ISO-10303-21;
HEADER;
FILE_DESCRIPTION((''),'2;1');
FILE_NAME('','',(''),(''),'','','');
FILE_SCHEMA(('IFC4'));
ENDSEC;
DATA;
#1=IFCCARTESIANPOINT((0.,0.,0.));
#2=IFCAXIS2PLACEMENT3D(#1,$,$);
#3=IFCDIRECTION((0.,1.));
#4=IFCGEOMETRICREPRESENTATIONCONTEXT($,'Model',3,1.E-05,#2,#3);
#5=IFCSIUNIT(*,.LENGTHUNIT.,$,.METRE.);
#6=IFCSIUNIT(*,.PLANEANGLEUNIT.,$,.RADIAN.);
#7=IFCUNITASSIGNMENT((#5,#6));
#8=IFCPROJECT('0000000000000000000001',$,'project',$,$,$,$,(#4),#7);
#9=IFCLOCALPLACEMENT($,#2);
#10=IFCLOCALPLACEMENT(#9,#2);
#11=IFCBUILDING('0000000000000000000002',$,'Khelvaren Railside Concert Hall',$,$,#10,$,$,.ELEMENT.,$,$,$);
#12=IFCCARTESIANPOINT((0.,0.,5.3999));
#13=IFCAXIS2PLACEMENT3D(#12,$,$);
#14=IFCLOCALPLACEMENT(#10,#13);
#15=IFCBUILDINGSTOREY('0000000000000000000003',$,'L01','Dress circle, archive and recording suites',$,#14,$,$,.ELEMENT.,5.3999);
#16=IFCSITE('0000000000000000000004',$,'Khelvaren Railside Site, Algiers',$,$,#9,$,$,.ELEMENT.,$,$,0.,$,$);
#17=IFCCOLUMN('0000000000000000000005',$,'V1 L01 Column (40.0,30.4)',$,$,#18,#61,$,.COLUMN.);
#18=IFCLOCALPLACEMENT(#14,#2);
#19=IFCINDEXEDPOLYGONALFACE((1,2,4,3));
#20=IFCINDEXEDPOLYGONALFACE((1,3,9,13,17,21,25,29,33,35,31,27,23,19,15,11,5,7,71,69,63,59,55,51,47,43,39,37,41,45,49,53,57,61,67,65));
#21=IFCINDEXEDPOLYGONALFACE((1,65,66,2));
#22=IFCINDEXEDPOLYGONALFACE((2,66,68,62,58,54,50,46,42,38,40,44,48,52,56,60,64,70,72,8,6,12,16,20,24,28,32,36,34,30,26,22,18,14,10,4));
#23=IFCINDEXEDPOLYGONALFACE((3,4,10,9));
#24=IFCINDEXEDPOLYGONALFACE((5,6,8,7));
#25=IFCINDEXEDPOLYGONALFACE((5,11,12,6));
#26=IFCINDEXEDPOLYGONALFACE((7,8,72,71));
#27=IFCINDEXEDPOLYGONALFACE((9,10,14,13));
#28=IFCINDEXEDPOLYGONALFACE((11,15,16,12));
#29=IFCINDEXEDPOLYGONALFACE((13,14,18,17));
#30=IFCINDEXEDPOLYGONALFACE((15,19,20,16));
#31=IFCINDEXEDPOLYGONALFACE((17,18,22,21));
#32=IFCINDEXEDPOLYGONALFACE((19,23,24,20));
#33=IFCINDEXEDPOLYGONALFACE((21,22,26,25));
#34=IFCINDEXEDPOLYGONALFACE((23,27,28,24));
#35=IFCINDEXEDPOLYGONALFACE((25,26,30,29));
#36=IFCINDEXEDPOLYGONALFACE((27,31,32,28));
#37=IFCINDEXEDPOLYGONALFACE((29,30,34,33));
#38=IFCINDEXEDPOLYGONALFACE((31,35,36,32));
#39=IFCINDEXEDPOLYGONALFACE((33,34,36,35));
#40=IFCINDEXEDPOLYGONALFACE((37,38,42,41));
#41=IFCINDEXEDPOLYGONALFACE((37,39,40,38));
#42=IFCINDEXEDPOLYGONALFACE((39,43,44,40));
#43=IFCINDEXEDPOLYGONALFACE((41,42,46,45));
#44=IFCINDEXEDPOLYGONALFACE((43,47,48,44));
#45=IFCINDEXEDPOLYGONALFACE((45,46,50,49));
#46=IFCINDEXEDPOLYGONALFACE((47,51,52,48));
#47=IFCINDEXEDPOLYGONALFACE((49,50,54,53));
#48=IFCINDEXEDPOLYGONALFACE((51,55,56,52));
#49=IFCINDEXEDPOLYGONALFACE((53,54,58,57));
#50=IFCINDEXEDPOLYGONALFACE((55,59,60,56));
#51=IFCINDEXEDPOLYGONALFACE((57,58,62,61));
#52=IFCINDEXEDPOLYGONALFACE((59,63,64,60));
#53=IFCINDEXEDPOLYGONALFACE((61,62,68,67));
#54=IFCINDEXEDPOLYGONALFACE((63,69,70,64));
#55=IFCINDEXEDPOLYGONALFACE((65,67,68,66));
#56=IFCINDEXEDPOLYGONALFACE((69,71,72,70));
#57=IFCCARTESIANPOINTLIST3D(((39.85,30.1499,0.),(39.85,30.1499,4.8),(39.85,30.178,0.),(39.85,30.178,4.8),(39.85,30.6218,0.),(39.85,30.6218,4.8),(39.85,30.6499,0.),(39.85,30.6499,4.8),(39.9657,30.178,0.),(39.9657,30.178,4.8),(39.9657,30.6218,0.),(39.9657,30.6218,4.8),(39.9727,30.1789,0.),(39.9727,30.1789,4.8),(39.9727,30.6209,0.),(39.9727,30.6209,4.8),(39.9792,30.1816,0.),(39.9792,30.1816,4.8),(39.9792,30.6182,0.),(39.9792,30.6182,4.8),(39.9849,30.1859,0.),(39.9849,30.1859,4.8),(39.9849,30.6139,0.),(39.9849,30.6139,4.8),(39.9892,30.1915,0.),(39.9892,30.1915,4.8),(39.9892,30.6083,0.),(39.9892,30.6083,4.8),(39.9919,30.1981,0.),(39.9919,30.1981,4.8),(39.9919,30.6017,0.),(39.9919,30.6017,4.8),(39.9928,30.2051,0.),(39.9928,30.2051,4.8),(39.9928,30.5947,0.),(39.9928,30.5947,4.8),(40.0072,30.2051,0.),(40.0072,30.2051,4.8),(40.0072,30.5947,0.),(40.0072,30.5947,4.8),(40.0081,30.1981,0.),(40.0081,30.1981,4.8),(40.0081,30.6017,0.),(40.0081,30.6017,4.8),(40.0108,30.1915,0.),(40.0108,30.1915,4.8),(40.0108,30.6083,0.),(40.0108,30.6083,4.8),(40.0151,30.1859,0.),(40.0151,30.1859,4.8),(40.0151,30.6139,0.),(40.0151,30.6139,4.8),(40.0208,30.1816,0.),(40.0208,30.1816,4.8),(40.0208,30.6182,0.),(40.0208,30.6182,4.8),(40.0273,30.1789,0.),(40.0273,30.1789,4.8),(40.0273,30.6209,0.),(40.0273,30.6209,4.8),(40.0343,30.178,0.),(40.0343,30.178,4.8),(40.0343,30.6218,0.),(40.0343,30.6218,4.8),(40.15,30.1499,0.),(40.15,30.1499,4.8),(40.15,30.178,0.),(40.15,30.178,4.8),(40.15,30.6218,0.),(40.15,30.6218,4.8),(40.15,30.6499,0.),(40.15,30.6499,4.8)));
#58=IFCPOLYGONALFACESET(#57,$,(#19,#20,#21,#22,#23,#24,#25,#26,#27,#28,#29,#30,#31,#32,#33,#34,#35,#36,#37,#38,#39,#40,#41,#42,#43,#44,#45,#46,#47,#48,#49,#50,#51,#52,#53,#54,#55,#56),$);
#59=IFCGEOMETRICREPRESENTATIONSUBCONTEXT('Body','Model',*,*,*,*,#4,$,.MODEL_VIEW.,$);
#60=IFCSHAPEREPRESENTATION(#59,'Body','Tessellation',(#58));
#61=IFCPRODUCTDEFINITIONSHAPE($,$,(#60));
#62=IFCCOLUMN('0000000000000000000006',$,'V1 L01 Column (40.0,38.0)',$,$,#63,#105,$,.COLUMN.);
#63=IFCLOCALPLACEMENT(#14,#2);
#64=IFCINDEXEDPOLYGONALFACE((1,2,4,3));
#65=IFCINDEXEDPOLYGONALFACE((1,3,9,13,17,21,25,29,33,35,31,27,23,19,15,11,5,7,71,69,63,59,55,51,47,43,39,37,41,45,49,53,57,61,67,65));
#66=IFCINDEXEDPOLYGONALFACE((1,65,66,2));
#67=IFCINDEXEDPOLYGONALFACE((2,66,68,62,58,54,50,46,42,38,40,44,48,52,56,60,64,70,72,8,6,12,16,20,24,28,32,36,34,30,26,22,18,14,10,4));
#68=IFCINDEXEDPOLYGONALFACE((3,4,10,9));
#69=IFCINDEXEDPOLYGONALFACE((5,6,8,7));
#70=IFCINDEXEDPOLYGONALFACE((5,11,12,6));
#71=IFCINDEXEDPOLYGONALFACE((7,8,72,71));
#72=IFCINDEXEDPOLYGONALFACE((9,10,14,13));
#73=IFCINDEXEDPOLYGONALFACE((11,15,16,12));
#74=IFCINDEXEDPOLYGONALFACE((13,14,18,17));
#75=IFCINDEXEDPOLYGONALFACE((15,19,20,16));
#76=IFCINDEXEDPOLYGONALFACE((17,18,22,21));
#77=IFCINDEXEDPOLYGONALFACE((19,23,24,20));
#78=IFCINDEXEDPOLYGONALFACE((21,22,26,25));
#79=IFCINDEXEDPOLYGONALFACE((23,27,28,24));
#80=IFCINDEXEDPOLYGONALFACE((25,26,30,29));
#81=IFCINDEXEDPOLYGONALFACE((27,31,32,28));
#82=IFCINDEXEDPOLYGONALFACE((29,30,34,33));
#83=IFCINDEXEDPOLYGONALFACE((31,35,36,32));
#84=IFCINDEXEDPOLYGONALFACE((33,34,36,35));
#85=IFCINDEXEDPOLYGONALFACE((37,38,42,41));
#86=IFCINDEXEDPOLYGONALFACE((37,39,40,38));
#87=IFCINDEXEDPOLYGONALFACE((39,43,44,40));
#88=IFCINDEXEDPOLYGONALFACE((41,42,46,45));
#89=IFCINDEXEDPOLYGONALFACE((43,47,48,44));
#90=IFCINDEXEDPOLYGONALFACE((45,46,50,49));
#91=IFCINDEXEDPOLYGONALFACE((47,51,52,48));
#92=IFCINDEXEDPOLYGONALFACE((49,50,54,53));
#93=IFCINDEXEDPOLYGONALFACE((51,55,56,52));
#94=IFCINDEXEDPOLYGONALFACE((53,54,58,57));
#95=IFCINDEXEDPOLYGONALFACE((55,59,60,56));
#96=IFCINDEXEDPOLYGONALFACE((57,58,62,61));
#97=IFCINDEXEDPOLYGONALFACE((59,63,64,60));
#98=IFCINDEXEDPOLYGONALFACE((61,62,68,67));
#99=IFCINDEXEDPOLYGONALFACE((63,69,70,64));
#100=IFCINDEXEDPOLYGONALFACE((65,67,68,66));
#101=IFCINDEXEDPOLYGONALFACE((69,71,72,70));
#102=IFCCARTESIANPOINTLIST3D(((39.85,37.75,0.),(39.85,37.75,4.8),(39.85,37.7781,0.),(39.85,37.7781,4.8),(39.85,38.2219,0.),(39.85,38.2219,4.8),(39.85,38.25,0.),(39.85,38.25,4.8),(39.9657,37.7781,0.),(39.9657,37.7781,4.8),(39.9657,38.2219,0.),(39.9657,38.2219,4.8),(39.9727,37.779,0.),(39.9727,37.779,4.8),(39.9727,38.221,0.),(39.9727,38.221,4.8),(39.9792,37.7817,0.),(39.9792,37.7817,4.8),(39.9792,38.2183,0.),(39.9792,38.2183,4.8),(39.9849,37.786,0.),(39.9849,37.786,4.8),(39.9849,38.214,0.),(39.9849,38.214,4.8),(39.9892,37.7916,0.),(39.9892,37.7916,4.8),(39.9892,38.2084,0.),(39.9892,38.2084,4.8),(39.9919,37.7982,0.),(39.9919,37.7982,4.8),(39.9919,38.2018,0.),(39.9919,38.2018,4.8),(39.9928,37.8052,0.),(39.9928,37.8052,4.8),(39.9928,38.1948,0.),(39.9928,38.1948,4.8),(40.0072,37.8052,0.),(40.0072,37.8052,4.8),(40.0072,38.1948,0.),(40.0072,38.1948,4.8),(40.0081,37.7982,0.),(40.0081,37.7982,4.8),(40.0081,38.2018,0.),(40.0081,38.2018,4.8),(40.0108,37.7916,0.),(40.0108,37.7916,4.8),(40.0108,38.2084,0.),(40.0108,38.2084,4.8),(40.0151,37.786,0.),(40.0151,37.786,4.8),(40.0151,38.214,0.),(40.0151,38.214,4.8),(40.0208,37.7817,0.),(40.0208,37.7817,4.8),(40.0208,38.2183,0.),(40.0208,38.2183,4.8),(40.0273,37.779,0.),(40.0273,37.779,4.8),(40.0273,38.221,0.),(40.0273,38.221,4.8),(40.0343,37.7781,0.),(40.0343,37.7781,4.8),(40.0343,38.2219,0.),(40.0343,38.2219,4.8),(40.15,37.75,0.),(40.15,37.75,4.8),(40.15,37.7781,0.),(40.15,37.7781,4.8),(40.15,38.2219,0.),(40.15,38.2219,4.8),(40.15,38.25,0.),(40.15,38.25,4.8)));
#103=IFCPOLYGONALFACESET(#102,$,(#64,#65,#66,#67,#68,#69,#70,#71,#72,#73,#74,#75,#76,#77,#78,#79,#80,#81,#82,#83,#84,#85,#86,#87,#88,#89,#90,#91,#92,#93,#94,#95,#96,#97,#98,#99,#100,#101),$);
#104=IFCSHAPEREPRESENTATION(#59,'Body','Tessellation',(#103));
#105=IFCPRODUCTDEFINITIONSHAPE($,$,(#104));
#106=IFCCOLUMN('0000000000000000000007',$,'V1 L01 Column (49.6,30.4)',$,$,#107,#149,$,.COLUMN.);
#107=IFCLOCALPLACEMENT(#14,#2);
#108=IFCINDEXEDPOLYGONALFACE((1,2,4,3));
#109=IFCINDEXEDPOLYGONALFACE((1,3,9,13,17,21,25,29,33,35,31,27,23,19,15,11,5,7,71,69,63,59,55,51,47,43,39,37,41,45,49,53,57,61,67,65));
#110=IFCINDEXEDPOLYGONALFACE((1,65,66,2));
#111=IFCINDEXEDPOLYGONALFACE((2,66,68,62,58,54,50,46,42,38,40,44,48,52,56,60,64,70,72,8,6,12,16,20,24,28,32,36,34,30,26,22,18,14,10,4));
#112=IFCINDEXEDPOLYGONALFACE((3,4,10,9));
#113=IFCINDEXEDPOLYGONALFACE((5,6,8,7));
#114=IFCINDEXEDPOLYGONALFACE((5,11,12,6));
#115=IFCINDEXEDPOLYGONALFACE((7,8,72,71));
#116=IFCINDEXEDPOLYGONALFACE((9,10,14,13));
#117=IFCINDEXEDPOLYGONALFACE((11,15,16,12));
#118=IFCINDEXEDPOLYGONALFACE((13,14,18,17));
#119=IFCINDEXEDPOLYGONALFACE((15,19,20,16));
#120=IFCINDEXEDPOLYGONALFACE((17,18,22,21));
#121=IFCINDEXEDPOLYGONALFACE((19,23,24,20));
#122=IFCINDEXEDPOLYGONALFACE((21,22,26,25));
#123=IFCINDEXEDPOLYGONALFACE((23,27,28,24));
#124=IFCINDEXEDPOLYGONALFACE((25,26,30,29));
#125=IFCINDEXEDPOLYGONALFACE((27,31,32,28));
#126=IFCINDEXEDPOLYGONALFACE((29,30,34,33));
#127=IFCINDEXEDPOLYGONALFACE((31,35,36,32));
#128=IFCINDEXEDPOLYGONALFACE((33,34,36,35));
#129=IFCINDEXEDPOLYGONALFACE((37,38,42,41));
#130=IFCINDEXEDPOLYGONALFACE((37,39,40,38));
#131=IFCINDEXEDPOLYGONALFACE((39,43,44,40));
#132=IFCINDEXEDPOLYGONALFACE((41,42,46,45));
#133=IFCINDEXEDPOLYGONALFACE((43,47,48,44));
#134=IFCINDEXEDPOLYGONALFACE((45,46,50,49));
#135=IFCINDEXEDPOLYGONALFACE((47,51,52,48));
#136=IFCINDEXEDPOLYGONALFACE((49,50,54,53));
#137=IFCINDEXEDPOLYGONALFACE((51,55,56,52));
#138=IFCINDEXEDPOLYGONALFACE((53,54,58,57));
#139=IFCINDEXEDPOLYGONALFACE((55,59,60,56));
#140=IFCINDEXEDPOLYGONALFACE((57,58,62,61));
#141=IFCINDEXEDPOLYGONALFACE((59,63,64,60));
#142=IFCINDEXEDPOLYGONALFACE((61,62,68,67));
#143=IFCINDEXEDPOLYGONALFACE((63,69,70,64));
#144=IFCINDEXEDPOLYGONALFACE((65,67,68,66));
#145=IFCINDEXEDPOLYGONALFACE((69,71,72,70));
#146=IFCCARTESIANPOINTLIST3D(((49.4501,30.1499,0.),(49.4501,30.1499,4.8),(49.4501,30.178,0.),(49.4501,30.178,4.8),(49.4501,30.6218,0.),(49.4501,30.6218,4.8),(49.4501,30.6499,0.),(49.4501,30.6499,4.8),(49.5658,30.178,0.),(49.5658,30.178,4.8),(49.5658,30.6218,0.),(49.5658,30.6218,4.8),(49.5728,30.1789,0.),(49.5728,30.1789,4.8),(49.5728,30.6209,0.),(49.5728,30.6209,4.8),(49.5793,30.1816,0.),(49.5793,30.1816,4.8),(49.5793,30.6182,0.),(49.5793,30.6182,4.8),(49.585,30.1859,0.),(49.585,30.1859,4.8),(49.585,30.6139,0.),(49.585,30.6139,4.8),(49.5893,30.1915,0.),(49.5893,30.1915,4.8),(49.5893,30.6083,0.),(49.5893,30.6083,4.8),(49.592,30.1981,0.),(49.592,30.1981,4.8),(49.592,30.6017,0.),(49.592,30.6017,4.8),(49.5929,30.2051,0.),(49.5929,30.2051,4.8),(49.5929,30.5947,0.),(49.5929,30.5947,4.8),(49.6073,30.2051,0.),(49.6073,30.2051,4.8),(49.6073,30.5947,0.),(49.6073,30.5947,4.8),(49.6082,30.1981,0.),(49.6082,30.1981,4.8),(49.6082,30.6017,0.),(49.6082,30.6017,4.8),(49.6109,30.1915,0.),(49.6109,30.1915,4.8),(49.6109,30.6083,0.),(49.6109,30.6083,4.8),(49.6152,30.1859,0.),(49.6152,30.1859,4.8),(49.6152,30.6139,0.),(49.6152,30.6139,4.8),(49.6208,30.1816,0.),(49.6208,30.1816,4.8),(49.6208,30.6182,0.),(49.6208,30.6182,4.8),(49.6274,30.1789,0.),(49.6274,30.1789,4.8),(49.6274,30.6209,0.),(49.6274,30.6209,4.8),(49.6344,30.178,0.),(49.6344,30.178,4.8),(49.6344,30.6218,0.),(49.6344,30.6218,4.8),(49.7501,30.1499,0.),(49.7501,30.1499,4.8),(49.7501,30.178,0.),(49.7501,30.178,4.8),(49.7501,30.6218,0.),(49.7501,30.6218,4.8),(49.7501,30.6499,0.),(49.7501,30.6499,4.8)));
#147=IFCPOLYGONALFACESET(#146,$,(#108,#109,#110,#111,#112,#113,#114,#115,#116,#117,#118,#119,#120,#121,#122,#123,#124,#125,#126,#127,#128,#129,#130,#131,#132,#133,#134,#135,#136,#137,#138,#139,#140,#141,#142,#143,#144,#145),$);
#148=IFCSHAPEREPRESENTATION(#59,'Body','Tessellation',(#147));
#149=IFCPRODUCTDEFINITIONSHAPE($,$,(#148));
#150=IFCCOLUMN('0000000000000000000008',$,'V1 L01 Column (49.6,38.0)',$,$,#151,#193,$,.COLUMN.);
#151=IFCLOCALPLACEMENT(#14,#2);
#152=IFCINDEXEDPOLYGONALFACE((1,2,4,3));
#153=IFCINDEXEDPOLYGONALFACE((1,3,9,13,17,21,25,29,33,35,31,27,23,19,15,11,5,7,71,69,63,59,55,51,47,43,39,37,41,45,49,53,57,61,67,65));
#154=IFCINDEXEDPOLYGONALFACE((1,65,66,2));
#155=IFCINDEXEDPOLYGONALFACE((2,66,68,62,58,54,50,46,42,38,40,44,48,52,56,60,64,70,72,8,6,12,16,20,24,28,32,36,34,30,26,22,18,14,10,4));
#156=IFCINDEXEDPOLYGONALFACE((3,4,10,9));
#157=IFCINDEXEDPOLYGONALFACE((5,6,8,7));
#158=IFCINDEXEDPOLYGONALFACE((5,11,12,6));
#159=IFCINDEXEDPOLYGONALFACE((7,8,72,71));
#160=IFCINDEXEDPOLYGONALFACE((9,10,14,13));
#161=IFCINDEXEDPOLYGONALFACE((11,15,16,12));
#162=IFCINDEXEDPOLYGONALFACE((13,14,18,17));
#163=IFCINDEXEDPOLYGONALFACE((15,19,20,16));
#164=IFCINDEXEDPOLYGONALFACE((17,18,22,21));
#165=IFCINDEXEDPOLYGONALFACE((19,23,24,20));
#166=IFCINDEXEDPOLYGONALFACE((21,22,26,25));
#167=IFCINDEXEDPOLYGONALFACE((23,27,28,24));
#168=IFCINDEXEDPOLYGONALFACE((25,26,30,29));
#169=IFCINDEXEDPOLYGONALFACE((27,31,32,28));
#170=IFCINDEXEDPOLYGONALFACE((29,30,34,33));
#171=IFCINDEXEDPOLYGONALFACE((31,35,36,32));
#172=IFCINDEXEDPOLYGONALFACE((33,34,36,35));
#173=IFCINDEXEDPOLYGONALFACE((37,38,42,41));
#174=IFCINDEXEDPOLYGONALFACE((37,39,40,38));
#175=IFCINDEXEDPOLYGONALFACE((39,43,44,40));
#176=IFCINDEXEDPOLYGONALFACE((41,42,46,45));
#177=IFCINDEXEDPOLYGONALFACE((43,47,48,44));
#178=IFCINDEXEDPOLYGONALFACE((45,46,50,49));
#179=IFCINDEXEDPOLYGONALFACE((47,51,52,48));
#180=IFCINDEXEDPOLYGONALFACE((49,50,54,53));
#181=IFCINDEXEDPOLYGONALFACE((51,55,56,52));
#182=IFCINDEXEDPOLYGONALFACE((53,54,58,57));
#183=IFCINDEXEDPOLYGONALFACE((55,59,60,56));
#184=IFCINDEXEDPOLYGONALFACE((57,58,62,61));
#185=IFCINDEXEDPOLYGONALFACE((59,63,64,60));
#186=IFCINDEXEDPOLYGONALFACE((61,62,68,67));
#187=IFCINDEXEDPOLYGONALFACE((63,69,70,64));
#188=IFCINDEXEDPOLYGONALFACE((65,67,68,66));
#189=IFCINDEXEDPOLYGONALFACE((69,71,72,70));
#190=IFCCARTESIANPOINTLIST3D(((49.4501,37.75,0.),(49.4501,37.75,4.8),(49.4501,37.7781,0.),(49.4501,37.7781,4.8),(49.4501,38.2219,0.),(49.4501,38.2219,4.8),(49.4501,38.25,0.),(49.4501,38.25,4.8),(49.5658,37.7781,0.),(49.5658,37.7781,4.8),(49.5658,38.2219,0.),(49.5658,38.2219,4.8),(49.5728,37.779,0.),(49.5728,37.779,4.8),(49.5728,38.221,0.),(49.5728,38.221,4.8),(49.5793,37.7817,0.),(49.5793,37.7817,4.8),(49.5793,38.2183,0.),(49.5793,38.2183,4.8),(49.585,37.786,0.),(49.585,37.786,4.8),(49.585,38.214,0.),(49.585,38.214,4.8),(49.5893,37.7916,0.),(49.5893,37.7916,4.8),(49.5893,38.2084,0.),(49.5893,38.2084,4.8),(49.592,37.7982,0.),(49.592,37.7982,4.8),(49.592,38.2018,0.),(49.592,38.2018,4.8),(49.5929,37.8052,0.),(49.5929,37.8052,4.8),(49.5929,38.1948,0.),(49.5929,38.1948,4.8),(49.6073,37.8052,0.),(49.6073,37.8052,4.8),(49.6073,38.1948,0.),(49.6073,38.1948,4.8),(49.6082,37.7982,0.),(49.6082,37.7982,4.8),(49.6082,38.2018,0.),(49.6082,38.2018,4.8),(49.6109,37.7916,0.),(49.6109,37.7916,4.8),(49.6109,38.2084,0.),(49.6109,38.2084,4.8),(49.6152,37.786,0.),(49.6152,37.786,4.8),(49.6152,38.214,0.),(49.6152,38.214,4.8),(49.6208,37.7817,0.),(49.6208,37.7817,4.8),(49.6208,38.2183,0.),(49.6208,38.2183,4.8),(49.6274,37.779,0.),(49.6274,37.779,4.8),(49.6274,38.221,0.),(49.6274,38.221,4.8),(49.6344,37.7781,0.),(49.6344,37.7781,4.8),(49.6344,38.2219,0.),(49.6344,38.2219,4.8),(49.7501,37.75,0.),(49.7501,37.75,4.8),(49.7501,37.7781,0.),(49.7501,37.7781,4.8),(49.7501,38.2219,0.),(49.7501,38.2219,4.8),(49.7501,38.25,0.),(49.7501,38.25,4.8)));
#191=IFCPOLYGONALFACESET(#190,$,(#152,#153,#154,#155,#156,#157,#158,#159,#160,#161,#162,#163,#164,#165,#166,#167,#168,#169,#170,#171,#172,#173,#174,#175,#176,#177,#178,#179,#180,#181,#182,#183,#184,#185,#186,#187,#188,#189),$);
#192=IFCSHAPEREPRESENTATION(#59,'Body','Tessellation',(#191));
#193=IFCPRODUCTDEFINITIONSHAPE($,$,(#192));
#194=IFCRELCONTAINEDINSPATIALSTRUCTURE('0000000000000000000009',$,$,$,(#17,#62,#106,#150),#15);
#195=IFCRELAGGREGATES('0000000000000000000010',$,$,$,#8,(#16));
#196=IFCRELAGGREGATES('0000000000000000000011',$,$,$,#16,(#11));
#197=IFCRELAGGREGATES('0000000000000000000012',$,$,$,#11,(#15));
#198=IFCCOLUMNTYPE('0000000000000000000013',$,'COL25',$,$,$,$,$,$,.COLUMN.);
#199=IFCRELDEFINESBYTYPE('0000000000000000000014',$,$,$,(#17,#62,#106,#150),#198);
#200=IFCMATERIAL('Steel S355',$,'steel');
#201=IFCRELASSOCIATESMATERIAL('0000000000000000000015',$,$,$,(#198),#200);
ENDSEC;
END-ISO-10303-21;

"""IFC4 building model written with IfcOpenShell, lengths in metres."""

from ifc_helpers import new_model, si_unit, direction, frame, origin, origin_2d, place, context, subcontext, project, spatial, i_section, extrude, material, material_profile, profile_set, type_object, element, save


model = new_model("IFC4")

# Units and contexts
model_context = context("Model", 3, precision=1e-05, world=origin(), true_north=direction((0.0, 1.0)))
body_context = subcontext(model_context, "Body", "Model", "MODEL_VIEW")
ifc_project = project(units=[si_unit("LENGTHUNIT", "METRE"), si_unit("PLANEANGLEUNIT", "RADIAN")], contexts=[model_context])

# Site, building, storey
site_placement = place(None, origin())
site = spatial("IfcSite", under=ifc_project, at=site_placement, Name="Khelvaren Railside Site, Algiers", CompositionType="ELEMENT", RefElevation=0.0)
building_placement = place(site_placement, origin())
building = spatial("IfcBuilding", under=site, at=building_placement, Name="Khelvaren Railside Concert Hall", CompositionType="ELEMENT")
storey_placement = place(building_placement, frame((0.0, 0.0, 5.3999)))
storey = spatial("IfcBuildingStorey", under=building, at=storey_placement, Name="L01", Description="Dress circle, archive and recording suites", CompositionType="ELEMENT", Elevation=5.3999)

# Columns
ifc_material_1 = material(Name="Steel S355", Category="steel")
ifc_material_profile_1 = material_profile(ifc_material_1, i_section(OverallWidth=0.3, OverallDepth=0.5, WebThickness=0.0144, FlangeThickness=0.0281, FilletRadius=0.0271, at=origin_2d()), Name="HEB 500")
ifc_profile_set_1 = profile_set([ifc_material_profile_1], Name="Steel S355")
column_type = type_object("IfcColumnType", Name="COL25", PredefinedType="COLUMN", material=ifc_profile_set_1)
for number, where, z_axis, x_axis, name in (
    (1, (40.0, 30.3999, 0.0), (0.0, 0.0, 1.0), (1.0, 0.0, 0.0), "V1 L01 Column (40.0,30.4)"),
    (2, (40.0, 38.0, 0.0), (0.0, 0.0, 1.0), (1.0, 0.0, 0.0), "V1 L01 Column (40.0,38.0)"),
    (3, (49.6001, 30.3999, 0.0), (0.0, 0.0, 1.0), (1.0, 0.0, 0.0), "V1 L01 Column (49.6,30.4)"),
    (4, (49.6001, 38.0, 0.0), (0.0, 0.0, 1.0), (1.0, 0.0, 0.0), "V1 L01 Column (49.6,38.0)"),
):
    element("IfcColumn", number, at=place(storey_placement, frame(where, z_axis=z_axis, x_axis=x_axis)), inside=storey, type_object=column_type, Name=name, PredefinedType="COLUMN", context=body_context, shape_type="SweptSolid", body=[
        extrude(i_section(OverallWidth=0.3, OverallDepth=0.5, WebThickness=0.0144, FlangeThickness=0.0281, FilletRadius=0.0271, at=origin_2d()), origin(), (0.0, 0.0, 1.0), 4.8),
    ])

save(model, "model.ifc")
